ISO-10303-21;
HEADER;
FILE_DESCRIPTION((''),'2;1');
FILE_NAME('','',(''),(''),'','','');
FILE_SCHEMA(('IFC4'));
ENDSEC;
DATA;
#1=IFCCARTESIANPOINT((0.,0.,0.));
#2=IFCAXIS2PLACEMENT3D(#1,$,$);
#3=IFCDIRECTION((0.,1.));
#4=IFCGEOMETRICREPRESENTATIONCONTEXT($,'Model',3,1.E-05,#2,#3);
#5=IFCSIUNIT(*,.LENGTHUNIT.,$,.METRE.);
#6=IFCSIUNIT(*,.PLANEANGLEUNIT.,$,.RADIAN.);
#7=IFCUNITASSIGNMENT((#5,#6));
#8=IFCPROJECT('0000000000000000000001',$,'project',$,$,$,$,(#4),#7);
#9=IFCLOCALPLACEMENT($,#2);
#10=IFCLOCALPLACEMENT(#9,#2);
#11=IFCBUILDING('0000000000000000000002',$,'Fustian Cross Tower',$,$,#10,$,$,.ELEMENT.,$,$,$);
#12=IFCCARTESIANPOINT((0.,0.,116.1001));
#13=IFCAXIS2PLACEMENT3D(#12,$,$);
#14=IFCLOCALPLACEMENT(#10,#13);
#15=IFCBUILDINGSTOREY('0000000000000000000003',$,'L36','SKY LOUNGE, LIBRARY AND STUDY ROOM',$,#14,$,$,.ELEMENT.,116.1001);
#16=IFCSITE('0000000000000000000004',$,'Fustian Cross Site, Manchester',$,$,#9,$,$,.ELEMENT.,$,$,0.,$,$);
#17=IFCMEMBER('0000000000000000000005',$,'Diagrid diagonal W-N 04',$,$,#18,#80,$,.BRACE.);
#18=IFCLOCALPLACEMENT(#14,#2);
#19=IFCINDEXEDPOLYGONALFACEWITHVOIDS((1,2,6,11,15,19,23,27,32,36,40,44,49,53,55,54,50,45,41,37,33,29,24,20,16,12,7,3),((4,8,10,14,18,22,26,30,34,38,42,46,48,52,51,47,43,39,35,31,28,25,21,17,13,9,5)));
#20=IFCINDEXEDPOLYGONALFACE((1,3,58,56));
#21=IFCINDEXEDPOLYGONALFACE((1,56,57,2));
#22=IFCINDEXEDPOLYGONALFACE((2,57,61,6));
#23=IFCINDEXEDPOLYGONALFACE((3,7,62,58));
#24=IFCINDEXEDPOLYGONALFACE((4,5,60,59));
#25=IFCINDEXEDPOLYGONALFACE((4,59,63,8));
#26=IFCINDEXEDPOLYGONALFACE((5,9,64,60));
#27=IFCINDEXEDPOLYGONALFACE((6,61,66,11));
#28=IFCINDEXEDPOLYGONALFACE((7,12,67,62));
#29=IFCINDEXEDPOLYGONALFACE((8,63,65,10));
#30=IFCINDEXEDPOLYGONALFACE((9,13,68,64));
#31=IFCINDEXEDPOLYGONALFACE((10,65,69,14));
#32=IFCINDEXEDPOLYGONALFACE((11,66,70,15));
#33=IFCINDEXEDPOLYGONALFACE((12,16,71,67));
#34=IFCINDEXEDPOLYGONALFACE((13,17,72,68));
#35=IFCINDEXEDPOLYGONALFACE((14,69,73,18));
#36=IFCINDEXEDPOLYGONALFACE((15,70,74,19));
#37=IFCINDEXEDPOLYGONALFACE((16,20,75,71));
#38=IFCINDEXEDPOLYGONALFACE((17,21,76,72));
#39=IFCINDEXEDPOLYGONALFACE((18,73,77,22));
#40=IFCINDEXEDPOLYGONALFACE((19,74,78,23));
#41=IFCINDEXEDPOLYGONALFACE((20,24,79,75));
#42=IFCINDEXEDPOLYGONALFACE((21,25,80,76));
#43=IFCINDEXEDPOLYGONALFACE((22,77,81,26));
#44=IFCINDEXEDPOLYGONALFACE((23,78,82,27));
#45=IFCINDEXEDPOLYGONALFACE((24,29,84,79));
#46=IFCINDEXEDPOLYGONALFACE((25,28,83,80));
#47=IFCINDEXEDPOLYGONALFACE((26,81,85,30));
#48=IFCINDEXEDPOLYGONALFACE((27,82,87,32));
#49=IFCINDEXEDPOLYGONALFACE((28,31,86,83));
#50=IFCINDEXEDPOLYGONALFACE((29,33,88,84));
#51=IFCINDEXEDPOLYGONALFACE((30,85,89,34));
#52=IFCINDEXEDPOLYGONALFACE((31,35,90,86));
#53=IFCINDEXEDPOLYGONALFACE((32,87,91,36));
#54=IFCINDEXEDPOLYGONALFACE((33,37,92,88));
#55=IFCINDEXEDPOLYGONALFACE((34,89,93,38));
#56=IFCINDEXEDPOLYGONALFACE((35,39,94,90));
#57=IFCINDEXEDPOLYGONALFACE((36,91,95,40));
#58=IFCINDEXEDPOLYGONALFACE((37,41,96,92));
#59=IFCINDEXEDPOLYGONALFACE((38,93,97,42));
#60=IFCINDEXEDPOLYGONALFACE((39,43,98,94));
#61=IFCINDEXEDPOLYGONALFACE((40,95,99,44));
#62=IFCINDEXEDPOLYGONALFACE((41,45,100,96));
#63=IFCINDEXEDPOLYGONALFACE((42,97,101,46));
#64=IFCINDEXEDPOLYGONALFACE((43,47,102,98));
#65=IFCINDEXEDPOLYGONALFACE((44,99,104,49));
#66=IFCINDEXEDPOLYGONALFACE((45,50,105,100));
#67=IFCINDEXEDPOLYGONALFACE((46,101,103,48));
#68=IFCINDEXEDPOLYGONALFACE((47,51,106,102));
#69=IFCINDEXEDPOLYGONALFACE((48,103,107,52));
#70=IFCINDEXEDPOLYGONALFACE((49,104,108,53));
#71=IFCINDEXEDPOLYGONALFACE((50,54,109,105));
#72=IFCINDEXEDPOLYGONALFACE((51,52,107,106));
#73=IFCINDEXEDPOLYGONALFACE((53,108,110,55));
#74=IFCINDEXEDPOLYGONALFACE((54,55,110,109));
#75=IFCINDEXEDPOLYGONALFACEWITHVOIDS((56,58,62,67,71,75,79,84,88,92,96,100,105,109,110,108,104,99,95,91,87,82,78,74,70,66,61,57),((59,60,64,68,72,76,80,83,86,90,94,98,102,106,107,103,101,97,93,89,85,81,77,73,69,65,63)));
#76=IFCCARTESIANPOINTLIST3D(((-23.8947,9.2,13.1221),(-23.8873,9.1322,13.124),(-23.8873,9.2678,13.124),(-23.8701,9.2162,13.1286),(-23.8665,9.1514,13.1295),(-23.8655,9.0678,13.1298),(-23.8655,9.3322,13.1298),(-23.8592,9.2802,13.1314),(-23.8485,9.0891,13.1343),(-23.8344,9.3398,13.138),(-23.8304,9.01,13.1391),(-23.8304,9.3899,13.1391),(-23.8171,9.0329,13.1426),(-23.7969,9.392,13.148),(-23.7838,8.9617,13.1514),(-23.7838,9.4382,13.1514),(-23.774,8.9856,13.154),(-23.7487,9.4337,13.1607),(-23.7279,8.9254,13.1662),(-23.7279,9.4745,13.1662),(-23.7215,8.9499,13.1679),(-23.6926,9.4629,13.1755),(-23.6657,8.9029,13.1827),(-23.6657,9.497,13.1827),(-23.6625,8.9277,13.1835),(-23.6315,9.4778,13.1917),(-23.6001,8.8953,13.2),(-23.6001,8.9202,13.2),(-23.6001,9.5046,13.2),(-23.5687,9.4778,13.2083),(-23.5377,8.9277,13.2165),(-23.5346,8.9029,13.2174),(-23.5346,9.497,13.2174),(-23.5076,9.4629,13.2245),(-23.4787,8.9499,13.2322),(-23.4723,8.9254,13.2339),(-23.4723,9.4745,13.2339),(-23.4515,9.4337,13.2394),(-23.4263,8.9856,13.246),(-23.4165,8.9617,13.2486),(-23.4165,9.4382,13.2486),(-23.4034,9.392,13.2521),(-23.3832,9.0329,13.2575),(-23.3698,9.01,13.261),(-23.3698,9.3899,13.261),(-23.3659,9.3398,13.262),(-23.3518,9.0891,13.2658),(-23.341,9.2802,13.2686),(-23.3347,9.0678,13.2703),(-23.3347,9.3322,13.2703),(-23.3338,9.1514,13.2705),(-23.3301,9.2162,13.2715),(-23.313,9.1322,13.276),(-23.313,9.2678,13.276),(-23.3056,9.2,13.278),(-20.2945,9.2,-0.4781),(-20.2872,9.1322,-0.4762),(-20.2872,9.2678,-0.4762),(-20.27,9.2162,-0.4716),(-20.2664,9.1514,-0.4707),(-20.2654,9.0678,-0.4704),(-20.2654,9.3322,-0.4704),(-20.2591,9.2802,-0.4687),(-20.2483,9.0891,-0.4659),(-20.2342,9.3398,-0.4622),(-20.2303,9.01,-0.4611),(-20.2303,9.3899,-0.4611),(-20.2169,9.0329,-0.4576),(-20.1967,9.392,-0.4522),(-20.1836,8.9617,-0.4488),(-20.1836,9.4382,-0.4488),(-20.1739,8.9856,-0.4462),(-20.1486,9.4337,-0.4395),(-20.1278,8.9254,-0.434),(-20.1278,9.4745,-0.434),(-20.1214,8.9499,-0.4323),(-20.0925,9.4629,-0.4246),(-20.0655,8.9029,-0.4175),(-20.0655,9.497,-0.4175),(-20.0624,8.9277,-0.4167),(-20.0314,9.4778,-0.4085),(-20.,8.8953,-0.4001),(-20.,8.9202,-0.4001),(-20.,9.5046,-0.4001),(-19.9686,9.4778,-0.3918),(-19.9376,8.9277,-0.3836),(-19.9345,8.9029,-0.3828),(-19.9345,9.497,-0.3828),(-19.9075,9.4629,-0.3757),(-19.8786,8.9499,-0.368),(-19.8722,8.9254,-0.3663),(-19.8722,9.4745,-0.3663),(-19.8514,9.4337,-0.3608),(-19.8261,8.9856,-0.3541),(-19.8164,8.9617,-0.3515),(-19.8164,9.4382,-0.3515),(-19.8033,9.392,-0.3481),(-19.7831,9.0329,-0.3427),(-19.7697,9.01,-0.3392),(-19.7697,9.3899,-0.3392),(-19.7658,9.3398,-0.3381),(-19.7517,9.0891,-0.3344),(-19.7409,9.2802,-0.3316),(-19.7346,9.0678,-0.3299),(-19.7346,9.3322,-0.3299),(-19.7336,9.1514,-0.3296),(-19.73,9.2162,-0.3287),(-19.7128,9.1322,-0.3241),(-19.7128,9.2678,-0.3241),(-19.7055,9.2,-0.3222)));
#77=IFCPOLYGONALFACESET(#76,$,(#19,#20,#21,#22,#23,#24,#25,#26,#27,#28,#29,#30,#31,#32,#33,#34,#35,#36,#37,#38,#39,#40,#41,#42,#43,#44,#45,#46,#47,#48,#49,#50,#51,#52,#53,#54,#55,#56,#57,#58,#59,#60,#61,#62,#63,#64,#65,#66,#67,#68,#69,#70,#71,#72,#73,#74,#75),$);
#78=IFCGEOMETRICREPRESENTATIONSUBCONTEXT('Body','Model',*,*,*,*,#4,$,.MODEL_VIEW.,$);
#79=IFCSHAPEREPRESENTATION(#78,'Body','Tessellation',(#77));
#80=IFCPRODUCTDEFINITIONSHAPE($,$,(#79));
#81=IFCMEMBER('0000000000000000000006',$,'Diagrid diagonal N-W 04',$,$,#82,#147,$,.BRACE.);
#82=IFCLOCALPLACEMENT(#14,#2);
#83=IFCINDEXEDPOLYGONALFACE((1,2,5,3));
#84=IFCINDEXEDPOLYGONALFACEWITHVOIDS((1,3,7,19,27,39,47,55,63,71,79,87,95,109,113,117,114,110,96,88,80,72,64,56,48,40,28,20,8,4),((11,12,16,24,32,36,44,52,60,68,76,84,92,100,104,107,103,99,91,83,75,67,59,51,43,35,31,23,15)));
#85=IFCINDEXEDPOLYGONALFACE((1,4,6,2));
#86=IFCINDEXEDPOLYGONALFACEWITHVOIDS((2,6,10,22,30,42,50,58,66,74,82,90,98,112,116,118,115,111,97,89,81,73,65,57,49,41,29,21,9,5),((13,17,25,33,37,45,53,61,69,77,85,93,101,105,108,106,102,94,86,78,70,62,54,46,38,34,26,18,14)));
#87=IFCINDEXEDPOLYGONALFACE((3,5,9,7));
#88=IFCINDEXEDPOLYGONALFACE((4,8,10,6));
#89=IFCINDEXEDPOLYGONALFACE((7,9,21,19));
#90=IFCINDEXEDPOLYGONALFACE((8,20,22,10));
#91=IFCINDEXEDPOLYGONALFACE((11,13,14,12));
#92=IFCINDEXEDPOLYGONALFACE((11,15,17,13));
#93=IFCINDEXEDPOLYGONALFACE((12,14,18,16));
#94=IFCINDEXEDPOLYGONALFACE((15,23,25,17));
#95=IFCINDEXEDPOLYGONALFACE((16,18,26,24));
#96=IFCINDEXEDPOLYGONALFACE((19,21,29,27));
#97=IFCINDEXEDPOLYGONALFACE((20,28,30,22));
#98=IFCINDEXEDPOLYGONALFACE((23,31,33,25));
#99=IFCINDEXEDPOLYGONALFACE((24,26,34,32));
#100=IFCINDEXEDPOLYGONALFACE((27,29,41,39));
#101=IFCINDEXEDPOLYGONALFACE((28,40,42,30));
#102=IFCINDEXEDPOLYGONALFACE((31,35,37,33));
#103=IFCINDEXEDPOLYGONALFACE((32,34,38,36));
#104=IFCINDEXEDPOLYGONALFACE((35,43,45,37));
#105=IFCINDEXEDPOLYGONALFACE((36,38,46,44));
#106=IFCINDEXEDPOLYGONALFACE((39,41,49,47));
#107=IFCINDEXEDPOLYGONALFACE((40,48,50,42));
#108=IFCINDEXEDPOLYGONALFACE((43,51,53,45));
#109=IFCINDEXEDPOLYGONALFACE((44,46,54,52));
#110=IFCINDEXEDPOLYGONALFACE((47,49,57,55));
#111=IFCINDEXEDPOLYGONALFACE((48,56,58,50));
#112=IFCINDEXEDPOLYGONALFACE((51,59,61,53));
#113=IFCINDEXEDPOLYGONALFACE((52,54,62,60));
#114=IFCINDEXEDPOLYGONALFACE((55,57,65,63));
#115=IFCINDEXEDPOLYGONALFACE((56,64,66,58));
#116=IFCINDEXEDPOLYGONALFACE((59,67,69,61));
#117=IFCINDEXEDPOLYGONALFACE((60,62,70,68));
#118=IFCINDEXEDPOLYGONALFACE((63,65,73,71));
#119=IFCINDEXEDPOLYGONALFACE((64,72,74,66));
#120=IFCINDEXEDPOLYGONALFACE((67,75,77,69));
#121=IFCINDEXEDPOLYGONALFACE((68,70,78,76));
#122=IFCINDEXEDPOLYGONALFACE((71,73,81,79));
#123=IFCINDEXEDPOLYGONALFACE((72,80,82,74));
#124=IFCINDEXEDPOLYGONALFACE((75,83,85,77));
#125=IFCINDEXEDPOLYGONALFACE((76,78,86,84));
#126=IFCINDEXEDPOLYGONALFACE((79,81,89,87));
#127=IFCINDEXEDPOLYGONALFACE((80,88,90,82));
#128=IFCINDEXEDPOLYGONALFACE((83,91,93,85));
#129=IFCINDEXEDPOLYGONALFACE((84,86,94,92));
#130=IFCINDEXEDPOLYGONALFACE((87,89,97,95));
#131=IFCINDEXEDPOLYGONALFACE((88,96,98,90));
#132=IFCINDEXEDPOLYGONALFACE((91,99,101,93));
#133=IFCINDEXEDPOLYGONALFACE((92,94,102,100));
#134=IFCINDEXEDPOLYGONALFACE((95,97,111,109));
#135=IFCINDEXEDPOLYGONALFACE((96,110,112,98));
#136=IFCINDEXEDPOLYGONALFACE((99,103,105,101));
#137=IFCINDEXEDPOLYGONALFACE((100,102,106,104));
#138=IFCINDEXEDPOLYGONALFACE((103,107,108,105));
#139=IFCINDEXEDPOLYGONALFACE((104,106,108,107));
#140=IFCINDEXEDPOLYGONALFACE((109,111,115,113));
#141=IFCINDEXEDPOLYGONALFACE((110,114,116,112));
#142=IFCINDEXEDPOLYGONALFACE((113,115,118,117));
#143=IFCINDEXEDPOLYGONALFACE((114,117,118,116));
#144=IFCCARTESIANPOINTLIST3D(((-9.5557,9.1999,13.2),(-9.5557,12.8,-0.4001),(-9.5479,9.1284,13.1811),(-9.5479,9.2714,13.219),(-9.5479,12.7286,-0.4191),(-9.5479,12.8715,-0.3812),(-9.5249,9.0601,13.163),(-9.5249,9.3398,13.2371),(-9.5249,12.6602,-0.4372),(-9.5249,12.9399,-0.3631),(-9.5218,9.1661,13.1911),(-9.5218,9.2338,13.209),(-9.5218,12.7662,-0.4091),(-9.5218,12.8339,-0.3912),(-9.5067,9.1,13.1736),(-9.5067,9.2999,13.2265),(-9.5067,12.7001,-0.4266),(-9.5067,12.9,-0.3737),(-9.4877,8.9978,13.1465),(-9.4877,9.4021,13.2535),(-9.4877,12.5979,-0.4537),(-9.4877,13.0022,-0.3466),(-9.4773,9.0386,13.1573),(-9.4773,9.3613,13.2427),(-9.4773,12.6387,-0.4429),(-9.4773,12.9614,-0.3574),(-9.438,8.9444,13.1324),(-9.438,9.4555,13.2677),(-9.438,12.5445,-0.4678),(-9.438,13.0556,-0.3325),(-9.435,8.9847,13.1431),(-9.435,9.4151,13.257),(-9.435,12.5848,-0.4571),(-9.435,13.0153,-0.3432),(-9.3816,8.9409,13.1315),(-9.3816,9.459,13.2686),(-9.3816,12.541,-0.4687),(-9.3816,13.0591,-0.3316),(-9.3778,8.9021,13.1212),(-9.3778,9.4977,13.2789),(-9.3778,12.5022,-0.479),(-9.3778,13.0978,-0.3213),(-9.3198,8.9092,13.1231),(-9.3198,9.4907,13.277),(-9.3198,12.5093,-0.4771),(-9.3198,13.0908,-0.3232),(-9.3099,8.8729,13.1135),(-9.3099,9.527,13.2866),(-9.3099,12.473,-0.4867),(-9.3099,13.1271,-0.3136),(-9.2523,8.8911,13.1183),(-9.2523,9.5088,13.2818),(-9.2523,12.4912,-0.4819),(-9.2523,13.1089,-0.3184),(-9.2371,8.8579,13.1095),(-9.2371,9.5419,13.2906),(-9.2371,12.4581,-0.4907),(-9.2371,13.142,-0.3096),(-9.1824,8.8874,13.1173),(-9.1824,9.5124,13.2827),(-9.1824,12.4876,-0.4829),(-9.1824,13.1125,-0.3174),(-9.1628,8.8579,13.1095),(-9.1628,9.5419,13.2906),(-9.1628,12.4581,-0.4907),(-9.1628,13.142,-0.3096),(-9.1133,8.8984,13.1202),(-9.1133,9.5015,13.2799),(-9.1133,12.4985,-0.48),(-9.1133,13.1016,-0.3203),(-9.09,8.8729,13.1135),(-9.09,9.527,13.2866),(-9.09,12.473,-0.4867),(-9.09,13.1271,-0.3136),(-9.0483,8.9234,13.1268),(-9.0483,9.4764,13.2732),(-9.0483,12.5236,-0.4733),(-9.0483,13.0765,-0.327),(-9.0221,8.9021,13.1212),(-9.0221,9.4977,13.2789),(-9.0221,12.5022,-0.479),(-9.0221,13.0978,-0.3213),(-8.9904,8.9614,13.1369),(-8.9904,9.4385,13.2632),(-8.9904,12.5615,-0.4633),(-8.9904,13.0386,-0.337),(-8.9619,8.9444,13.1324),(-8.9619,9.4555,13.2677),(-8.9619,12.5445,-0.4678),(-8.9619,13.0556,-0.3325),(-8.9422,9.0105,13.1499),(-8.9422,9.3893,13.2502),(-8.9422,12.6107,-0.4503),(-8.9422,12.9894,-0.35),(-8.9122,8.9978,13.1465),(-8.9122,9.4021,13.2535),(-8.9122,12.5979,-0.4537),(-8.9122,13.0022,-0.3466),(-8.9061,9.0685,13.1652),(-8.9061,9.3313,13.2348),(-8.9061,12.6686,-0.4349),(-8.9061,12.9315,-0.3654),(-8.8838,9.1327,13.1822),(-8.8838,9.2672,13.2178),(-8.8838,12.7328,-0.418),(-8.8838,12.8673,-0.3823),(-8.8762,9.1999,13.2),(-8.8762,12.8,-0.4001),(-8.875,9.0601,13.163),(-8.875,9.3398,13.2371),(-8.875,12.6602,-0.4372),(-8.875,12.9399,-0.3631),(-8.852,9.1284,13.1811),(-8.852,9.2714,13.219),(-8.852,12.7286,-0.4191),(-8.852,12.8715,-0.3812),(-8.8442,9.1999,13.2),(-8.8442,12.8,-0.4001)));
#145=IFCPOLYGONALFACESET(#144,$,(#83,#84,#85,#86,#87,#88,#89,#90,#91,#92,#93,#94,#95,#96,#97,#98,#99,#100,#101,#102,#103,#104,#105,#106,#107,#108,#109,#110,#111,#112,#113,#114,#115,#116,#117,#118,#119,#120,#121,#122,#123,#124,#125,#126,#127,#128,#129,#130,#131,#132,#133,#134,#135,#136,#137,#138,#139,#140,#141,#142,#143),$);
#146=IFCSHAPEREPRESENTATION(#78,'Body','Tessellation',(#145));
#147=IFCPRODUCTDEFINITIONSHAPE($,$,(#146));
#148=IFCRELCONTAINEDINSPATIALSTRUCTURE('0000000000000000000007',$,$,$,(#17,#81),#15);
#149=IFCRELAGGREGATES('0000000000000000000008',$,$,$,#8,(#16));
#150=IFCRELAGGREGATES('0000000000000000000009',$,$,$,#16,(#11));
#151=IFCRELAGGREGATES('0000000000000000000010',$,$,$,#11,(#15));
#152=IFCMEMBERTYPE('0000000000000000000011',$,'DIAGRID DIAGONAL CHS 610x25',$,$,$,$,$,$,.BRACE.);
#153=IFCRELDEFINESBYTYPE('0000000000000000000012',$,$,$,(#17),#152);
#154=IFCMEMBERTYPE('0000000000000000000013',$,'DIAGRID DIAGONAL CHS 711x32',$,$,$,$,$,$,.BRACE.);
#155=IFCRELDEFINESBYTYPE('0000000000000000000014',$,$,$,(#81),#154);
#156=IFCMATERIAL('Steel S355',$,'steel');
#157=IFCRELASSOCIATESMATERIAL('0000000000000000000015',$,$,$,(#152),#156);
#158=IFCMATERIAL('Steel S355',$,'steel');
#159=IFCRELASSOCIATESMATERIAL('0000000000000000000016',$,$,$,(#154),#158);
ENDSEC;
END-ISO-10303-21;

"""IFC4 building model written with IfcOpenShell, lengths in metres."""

from ifc_helpers import new_model, si_unit, direction, frame, origin, origin_2d, place, context, subcontext, project, spatial, hollow_circle, extrude, material, material_profile, profile_set, type_object, element, save


model = new_model("IFC4")

# Units and contexts
model_context = context("Model", 3, precision=1e-05, world=origin(), true_north=direction((0.0, 1.0)))
body_context = subcontext(model_context, "Body", "Model", "MODEL_VIEW")
ifc_project = project(units=[si_unit("LENGTHUNIT", "METRE"), si_unit("PLANEANGLEUNIT", "RADIAN")], contexts=[model_context])

# Site, building, storey
site_placement = place(None, origin())
site = spatial("IfcSite", under=ifc_project, at=site_placement, Name="Fustian Cross Site, Manchester", CompositionType="ELEMENT", RefElevation=0.0)
building_placement = place(site_placement, origin())
building = spatial("IfcBuilding", under=site, at=building_placement, Name="Fustian Cross Tower", CompositionType="ELEMENT")
storey_placement = place(building_placement, frame((0.0, 0.0, 116.1001)))
storey = spatial("IfcBuildingStorey", under=building, at=storey_placement, Name="L36", Description="SKY LOUNGE, LIBRARY AND STUDY ROOM", CompositionType="ELEMENT", Elevation=116.1001)

# Members
ifc_material_1 = material(Name="Steel S355", Category="steel")
ifc_material_profile_1 = material_profile(ifc_material_1, hollow_circle(Radius=0.3047, WallThickness=0.0249, at=origin_2d()), Name="CHS 610x25")
ifc_profile_set_1 = profile_set([ifc_material_profile_1], Name="Steel S355")
member_type_1 = type_object("IfcMemberType", Name="DIAGRID DIAGONAL CHS 610x25", PredefinedType="BRACE", material=ifc_profile_set_1)
for number, where, z_axis, x_axis, name in (
    (1, (-20.0, 9.2, -0.4001), (-0.255897, 0.0, 0.966704), (0.0, -1.0, 0.0), "Diagrid diagonal W-N 04"),
):
    element("IfcMember", number, at=place(storey_placement, frame(where, z_axis=z_axis, x_axis=x_axis)), inside=storey, type_object=member_type_1, Name=name, PredefinedType="BRACE", context=body_context, shape_type="SweptSolid", body=[
        extrude(hollow_circle(Radius=0.3047, WallThickness=0.0249, at=origin_2d()), origin(), (0.0, 0.0, 1.0), 14.0686),
    ])
ifc_material_2 = material(Name="Steel S355", Category="steel")
ifc_material_profile_2 = material_profile(ifc_material_2, hollow_circle(Radius=0.3557, WallThickness=0.032, at=origin_2d()), Name="CHS 711x32")
ifc_profile_set_2 = profile_set([ifc_material_profile_2], Name="Steel S355")
member_type_2 = type_object("IfcMemberType", Name="DIAGRID DIAGONAL CHS 711x32", PredefinedType="BRACE", material=ifc_profile_set_2)
for number, where, z_axis, x_axis, name in (
    (2, (-9.2, 12.8, -0.4001), (0.0, -0.255897, 0.966704), (1.0, 0.0, 0.0), "Diagrid diagonal N-W 04"),
):
    element("IfcMember", number, at=place(storey_placement, frame(where, z_axis=z_axis, x_axis=x_axis)), inside=storey, type_object=member_type_2, Name=name, PredefinedType="BRACE", context=body_context, shape_type="SweptSolid", body=[
        extrude(hollow_circle(Radius=0.3557, WallThickness=0.032, at=origin_2d()), origin(), (0.0, 0.0, 1.0), 14.0686),
    ])

save(model, "model.ifc")
